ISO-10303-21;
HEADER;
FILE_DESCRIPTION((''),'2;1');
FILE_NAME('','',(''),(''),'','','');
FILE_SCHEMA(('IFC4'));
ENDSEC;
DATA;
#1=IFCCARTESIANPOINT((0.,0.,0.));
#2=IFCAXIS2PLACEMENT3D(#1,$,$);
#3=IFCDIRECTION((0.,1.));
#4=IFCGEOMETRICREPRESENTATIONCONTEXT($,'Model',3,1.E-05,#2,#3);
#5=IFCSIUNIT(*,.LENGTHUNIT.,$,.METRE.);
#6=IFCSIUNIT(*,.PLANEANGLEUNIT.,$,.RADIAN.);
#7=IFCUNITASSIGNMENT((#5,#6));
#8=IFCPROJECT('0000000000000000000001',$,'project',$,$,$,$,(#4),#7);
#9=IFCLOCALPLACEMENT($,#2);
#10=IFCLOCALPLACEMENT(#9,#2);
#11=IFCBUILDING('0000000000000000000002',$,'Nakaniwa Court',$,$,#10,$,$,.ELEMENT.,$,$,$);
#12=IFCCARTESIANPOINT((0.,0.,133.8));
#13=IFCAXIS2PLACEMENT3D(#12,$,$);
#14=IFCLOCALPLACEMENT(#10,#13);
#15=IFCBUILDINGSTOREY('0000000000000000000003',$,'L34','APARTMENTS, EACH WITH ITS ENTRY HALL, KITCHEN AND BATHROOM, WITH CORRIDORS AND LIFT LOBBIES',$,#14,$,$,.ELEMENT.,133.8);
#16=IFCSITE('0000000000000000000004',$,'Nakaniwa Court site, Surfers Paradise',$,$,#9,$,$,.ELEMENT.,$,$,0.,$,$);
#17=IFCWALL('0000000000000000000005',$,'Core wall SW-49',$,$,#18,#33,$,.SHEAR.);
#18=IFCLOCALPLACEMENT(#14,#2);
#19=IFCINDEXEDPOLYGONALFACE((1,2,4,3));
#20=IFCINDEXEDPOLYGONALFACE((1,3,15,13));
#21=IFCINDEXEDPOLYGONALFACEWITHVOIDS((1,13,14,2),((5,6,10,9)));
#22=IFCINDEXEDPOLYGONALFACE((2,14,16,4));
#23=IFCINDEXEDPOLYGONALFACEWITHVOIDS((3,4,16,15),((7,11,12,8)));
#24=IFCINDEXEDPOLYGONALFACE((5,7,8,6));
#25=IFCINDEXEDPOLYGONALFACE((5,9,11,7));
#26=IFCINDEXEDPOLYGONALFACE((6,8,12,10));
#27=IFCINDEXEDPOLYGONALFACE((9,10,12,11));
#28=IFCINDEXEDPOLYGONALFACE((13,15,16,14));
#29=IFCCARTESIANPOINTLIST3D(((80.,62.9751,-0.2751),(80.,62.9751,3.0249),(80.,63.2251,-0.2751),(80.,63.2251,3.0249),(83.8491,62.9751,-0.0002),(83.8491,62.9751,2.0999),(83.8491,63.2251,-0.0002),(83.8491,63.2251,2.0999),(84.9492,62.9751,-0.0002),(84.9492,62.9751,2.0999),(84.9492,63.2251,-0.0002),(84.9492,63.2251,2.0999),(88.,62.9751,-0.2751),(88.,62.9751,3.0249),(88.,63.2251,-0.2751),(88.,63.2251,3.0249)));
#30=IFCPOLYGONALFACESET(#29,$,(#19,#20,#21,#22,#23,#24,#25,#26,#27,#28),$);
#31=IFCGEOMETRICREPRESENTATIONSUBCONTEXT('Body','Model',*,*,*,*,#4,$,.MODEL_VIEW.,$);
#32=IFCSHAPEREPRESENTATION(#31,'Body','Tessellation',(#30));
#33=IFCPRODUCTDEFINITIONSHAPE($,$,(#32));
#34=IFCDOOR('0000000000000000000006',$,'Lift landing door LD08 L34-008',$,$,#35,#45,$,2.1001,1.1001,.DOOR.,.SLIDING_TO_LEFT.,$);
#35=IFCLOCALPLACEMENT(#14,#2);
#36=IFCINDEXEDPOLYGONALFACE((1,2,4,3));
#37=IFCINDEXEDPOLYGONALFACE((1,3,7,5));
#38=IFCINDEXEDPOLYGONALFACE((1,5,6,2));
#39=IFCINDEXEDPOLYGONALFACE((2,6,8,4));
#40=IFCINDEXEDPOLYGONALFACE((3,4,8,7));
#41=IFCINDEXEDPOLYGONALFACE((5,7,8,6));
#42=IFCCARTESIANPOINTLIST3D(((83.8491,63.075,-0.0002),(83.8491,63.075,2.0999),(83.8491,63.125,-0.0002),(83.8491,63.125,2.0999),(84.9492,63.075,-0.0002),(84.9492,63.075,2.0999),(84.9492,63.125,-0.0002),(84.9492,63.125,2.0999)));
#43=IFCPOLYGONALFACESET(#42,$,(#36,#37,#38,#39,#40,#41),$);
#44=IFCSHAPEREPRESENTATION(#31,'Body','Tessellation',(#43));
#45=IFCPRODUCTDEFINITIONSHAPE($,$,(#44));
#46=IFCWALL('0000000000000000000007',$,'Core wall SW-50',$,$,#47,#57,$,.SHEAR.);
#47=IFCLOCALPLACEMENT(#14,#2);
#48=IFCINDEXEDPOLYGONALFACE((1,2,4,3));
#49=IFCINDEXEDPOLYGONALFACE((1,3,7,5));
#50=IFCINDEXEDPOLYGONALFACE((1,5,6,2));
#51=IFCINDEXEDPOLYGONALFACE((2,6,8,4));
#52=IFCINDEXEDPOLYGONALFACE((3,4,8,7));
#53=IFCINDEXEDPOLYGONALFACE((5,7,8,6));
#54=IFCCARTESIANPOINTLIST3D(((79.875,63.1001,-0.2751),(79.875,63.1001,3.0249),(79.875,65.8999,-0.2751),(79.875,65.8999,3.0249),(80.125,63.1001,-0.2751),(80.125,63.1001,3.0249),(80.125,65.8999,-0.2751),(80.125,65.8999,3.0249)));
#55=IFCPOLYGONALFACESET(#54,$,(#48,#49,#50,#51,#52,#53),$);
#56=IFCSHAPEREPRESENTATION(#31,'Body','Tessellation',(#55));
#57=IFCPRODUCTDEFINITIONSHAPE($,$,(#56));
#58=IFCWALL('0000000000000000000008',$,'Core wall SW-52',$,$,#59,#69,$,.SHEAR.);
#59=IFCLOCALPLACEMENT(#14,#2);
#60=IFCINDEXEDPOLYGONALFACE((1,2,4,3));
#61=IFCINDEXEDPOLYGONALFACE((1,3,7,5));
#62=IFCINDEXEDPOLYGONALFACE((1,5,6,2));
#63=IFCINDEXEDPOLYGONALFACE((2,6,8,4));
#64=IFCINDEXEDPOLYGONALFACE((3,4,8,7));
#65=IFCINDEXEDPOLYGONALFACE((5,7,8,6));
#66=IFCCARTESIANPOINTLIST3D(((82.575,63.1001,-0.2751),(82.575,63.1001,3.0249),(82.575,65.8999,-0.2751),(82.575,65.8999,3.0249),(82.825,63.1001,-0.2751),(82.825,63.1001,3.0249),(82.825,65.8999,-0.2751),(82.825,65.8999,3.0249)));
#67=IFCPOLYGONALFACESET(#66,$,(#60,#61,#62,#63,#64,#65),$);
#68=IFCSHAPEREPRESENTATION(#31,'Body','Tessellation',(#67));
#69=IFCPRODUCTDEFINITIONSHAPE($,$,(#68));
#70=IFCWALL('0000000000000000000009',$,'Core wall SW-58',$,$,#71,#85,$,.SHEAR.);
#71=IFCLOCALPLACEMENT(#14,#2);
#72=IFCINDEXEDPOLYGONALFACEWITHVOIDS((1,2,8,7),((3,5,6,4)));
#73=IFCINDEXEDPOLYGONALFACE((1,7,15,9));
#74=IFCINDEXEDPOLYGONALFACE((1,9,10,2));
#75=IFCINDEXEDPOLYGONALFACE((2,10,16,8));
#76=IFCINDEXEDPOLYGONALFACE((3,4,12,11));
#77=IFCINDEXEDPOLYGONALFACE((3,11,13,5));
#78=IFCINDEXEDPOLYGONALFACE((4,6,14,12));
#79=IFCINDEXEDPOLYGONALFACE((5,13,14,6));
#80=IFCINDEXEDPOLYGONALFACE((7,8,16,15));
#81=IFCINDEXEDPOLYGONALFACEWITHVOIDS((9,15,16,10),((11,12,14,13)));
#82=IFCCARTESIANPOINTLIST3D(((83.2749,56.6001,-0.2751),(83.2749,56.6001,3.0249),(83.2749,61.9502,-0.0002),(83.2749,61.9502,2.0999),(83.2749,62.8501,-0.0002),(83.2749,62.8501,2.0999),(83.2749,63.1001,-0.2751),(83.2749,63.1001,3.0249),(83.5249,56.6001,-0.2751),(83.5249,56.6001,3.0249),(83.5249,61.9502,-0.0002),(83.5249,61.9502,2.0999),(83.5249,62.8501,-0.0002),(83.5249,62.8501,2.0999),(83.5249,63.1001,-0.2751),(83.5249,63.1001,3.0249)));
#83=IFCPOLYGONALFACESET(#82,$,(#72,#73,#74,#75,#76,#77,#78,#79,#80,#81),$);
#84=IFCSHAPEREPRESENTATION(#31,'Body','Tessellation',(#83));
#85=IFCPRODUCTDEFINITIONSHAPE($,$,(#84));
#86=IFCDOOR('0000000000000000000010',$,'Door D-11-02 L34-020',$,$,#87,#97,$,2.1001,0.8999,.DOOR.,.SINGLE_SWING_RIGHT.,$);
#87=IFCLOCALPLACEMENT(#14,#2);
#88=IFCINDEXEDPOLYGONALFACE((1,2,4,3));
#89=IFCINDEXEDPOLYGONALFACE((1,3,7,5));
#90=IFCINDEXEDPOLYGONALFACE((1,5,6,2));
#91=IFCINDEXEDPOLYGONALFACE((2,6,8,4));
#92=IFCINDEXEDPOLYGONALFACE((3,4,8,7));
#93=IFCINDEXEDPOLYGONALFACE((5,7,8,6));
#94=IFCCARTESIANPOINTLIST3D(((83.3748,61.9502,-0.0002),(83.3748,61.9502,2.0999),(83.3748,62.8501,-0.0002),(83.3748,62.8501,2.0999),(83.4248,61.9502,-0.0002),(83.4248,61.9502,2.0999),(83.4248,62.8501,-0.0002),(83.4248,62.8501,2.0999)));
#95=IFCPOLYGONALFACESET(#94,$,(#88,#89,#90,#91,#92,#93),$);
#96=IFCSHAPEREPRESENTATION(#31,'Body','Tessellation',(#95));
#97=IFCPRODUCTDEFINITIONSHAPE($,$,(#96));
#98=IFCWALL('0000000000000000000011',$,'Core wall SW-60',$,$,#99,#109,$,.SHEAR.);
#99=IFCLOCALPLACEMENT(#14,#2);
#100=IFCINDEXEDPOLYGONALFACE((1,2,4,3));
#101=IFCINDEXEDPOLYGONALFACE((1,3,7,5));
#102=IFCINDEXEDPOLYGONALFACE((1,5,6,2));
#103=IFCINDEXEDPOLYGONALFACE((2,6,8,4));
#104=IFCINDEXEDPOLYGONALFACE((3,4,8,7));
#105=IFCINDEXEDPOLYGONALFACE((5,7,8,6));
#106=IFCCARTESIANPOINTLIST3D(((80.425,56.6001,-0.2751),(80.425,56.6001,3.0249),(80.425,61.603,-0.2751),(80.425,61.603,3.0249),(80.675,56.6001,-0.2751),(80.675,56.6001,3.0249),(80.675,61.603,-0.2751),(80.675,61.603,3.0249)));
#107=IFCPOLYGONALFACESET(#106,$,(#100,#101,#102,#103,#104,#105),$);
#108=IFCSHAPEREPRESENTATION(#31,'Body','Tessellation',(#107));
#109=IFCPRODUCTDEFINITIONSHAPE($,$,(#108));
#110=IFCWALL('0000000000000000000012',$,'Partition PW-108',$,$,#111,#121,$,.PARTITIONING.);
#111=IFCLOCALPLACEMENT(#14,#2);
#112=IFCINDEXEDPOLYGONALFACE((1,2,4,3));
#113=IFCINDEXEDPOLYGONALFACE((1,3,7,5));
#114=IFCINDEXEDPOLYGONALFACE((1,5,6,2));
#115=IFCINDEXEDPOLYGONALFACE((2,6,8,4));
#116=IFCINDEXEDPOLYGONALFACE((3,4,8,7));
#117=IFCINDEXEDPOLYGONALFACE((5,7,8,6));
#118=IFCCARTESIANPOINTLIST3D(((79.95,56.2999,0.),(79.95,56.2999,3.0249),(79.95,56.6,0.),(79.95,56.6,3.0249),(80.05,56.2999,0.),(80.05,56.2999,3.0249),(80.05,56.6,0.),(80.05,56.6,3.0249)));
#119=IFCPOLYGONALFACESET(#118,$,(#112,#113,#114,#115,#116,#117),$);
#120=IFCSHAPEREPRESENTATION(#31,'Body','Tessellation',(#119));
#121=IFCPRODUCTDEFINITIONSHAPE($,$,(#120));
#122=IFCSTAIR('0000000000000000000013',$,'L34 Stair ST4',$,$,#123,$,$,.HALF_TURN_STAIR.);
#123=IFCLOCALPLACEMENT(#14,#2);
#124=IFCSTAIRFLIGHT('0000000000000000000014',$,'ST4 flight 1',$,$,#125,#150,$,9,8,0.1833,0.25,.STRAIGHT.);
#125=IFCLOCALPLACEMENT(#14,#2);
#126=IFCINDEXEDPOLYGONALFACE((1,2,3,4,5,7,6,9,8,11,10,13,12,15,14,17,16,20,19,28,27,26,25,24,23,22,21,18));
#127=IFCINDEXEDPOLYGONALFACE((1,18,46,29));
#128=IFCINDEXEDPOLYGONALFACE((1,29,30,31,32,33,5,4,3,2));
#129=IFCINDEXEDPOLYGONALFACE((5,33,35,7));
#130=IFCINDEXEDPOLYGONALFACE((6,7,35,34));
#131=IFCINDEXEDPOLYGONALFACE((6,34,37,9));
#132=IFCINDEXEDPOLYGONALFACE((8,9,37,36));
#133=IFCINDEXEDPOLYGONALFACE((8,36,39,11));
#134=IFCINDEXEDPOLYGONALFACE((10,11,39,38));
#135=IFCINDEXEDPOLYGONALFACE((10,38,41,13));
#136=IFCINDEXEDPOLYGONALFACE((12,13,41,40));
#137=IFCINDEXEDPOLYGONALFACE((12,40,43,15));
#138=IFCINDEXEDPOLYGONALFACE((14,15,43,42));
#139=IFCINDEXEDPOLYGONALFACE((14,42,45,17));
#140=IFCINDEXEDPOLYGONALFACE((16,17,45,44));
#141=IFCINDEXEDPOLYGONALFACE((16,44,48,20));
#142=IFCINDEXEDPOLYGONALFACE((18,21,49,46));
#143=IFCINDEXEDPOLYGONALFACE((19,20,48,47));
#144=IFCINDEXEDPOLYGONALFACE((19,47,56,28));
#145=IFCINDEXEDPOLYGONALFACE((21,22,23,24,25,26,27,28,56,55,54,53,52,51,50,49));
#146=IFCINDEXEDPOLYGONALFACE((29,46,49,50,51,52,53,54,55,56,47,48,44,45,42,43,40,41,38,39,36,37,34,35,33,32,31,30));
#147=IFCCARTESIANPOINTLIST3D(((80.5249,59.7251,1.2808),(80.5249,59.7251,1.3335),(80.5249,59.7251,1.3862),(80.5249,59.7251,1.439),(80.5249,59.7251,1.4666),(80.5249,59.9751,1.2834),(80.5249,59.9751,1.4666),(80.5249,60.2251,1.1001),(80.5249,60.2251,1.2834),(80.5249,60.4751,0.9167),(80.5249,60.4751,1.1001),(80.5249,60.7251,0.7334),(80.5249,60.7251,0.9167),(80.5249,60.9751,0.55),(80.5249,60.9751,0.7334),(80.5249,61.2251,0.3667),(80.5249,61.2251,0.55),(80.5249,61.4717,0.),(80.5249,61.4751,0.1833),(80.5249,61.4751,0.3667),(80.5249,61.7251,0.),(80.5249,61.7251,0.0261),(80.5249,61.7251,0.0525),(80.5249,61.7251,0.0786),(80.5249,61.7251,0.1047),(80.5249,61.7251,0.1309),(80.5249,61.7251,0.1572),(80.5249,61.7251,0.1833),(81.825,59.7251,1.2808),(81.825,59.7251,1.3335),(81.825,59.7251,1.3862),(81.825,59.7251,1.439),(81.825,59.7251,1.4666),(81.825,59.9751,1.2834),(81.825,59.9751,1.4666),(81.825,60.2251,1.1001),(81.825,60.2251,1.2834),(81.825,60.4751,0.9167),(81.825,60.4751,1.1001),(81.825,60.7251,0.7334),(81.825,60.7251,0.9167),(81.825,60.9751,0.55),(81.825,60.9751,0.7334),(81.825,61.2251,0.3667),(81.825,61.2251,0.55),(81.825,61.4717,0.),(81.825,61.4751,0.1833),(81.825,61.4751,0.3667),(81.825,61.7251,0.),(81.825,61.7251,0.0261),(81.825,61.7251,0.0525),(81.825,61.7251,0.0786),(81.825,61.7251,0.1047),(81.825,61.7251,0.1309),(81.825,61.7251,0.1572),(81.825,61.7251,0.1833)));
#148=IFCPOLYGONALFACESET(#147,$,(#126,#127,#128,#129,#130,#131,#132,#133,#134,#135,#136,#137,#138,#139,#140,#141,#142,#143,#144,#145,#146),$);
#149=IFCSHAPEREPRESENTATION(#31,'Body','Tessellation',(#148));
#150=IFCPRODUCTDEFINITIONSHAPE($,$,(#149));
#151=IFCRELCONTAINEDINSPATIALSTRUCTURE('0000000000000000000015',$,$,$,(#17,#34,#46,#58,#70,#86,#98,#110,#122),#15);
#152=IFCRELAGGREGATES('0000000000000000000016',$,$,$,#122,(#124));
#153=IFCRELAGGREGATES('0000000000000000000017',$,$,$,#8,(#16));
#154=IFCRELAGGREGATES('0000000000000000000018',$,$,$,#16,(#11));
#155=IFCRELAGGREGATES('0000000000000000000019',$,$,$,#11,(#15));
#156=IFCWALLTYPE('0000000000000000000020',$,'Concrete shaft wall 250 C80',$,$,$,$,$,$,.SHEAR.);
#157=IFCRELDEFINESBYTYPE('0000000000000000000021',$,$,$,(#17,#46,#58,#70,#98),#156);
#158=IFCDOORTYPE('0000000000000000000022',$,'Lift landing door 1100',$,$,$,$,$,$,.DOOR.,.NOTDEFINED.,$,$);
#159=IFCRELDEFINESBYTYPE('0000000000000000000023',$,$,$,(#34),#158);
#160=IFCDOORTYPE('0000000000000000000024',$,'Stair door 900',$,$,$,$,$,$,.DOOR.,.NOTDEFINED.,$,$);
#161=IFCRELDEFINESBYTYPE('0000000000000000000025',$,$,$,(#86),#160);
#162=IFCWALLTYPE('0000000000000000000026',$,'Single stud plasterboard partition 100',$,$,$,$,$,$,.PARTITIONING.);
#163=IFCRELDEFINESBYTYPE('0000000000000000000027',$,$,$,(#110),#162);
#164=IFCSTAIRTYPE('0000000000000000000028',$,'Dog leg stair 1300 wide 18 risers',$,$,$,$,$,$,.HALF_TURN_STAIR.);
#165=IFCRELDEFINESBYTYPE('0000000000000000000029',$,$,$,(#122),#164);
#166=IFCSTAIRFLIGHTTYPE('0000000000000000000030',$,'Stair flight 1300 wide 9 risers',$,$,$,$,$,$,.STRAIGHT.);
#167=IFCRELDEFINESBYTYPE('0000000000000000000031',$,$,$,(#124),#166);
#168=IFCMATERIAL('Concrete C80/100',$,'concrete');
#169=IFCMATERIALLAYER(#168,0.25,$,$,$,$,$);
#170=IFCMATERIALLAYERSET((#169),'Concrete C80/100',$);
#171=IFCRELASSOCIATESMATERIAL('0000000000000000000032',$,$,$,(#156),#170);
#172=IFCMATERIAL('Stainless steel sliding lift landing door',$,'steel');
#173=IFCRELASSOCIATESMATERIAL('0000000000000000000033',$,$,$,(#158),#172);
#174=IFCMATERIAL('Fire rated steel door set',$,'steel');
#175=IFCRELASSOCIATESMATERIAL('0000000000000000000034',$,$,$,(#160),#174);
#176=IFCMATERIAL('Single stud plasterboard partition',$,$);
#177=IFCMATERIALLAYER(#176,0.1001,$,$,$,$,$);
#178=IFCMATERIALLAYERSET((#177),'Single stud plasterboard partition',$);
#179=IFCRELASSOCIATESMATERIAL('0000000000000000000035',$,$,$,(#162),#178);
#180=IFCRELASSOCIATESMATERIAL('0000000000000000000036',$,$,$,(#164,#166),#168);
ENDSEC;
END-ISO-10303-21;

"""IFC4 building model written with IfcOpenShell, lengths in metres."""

from ifc_helpers import new_model, si_unit, direction, frame, frame_2d, origin, place, context, subcontext, project, spatial, polyline, rectangle, outline, extrude, material, layer, layer_set, type_object, element, fill, aggregate, save


model = new_model("IFC4")

# Units and contexts
model_context = context("Model", 3, precision=1e-05, world=origin(), true_north=direction((0.0, 1.0)))
body_context = subcontext(model_context, "Body", "Model", "MODEL_VIEW")
ifc_project = project(units=[si_unit("LENGTHUNIT", "METRE"), si_unit("PLANEANGLEUNIT", "RADIAN")], contexts=[model_context])

# Site, building, storey
site_placement = place(None, origin())
site = spatial("IfcSite", under=ifc_project, at=site_placement, Name="Nakaniwa Court site, Surfers Paradise", CompositionType="ELEMENT", RefElevation=0.0)
building_placement = place(site_placement, origin())
building = spatial("IfcBuilding", under=site, at=building_placement, Name="Nakaniwa Court", CompositionType="ELEMENT")
storey_placement = place(building_placement, frame((0.0, 0.0, 133.8)))
storey = spatial("IfcBuildingStorey", under=building, at=storey_placement, Name="L34", Description="APARTMENTS, EACH WITH ITS ENTRY HALL, KITCHEN AND BATHROOM, WITH CORRIDORS AND LIFT LOBBIES", CompositionType="ELEMENT", Elevation=133.8)

# Shared definitions
ifc_material_1 = material(Name="Fire rated steel door set", Category="steel")

# Shared definitions
ifc_material_2 = material(Name="Concrete C80/100", Category="concrete")
ifc_layer_1 = layer(ifc_material_2, 0.25)
ifc_layer_set_1 = layer_set([ifc_layer_1], Name="Concrete C80/100")
wall_type_1 = type_object("IfcWallType", Name="Concrete shaft wall 250 C80", PredefinedType="SHEAR", material=ifc_layer_set_1)

# Wall, opening, door
wall_1_placement = place(storey_placement, frame((80.0, 63.1001, -0.2751), z_axis=(0.0, 0.0, 1.0), x_axis=(1.0, 0.0, 0.0)))
wall_1 = element("IfcWall", 1, at=wall_1_placement, inside=storey, type_object=wall_type_1, Name="Core wall SW-49", PredefinedType="SHEAR", context=body_context, shape_type="SweptSolid", body=[
    extrude(rectangle(XDim=8.0, YDim=0.25, at=frame_2d((4.0, 0.0))), origin(), (0.0, 0.0, 1.0), 3.3),
])
opening_1_placement = place(wall_1_placement, frame((3.8491, 0.0, 0.2749)))
opening_1 = element("IfcOpeningElement", 2, at=opening_1_placement, cuts=wall_1, PredefinedType="OPENING", context=body_context, shape_type="SweptSolid", body=[
    extrude(rectangle(XDim=1.1001, YDim=2.1001, at=frame_2d((0.55, 1.05))), frame((0.0, 0.135, 0.0), z_axis=(0.0, -1.0, 0.0), x_axis=(1.0, 0.0, 0.0)), (0.0, 0.0, 1.0), 0.27),
])
ifc_material_3 = material(Name="Stainless steel sliding lift landing door", Category="steel")
door_type_1 = type_object("IfcDoorType", Name="Lift landing door 1100", OperationType="NOTDEFINED", PredefinedType="DOOR", material=ifc_material_3)
door_1_placement = place(opening_1_placement, origin())
door_1 = element("IfcDoor", 3, at=door_1_placement, inside=storey, type_object=door_type_1, Name="Lift landing door LD08 L34-008", OperationType="SLIDING_TO_LEFT", OverallHeight=2.1001, OverallWidth=1.1001, PredefinedType="DOOR", context=body_context, shape_type="SweptSolid", body=[
    extrude(rectangle(XDim=1.1001, YDim=2.1001, at=frame_2d((0.55, 1.05))), frame((0.0, 0.0249, 0.0), z_axis=(0.0, -1.0, 0.0), x_axis=(1.0, 0.0, 0.0)), (0.0, 0.0, 1.0), 0.05),
])
fill(opening_1, door_1)

# Walls
for number, where, z_axis, x_axis, name in (
    (4, (80.0, 63.1001, -0.2751), (0.0, 0.0, 1.0), (0.0, 1.0, 0.0), "Core wall SW-50"),
    (5, (82.7, 63.1001, -0.2751), (0.0, 0.0, 1.0), (0.0, 1.0, 0.0), "Core wall SW-52"),
):
    element("IfcWall", number, at=place(storey_placement, frame(where, z_axis=z_axis, x_axis=x_axis)), inside=storey, type_object=wall_type_1, Name=name, PredefinedType="SHEAR", context=body_context, shape_type="SweptSolid", body=[
        extrude(rectangle(XDim=2.7998, YDim=0.25, at=frame_2d((1.3999, 0.0))), origin(), (0.0, 0.0, 1.0), 3.3),
    ])

# Wall, opening, door
wall_2_placement = place(storey_placement, frame((83.3999, 63.1001, -0.2751), z_axis=(0.0, 0.0, 1.0), x_axis=(0.0, -1.0, 0.0)))
wall_2 = element("IfcWall", 6, at=wall_2_placement, inside=storey, type_object=wall_type_1, Name="Core wall SW-58", PredefinedType="SHEAR", context=body_context, shape_type="SweptSolid", body=[
    extrude(rectangle(XDim=6.5, YDim=0.25, at=frame_2d((3.25, 0.0))), origin(), (0.0, 0.0, 1.0), 3.3),
])
opening_2_placement = place(wall_2_placement, frame((0.25, 0.0, 0.2749)))
opening_2 = element("IfcOpeningElement", 7, at=opening_2_placement, cuts=wall_2, PredefinedType="OPENING", context=body_context, shape_type="SweptSolid", body=[
    extrude(rectangle(XDim=0.8999, YDim=2.1001, at=frame_2d((0.45, 1.05))), frame((0.0, 0.135, 0.0), z_axis=(0.0, -1.0, 0.0), x_axis=(1.0, 0.0, 0.0)), (0.0, 0.0, 1.0), 0.27),
])
door_type_2 = type_object("IfcDoorType", Name="Stair door 900", OperationType="NOTDEFINED", PredefinedType="DOOR", material=ifc_material_1)
door_2_placement = place(opening_2_placement, origin())
door_2 = element("IfcDoor", 8, at=door_2_placement, inside=storey, type_object=door_type_2, Name="Door D-11-02 L34-020", OperationType="SINGLE_SWING_RIGHT", OverallHeight=2.1001, OverallWidth=0.8999, PredefinedType="DOOR", context=body_context, shape_type="SweptSolid", body=[
    extrude(rectangle(XDim=0.8999, YDim=2.1001, at=frame_2d((0.45, 1.05))), frame((0.0, 0.0249, 0.0), z_axis=(0.0, -1.0, 0.0), x_axis=(1.0, 0.0, 0.0)), (0.0, 0.0, 1.0), 0.05),
])
fill(opening_2, door_2)

# Walls
wall_3_placement = place(storey_placement, frame((80.55, 56.6001, -0.2751), z_axis=(0.0, 0.0, 1.0), x_axis=(0.0, 1.0, 0.0)))
element("IfcWall", 9, at=wall_3_placement, inside=storey, type_object=wall_type_1, Name="Core wall SW-60", PredefinedType="SHEAR", context=body_context, shape_type="SweptSolid", body=[
    extrude(rectangle(XDim=5.0029, YDim=0.25, at=frame_2d((2.5015, 0.0))), origin(), (0.0, 0.0, 1.0), 3.3),
])
ifc_material_4 = material(Name="Single stud plasterboard partition")
ifc_layer_2 = layer(ifc_material_4, 0.1001)
ifc_layer_set_2 = layer_set([ifc_layer_2], Name="Single stud plasterboard partition")
wall_type_2 = type_object("IfcWallType", Name="Single stud plasterboard partition 100", PredefinedType="PARTITIONING", material=ifc_layer_set_2)
wall_4_placement = place(storey_placement, frame((80.0, 56.3, 0.0), z_axis=(0.0, 0.0, 1.0), x_axis=(0.0, 1.0, 0.0)))
element("IfcWall", 10, at=wall_4_placement, inside=storey, type_object=wall_type_2, Name="Partition PW-108", PredefinedType="PARTITIONING", context=body_context, shape_type="SweptSolid", body=[
    extrude(rectangle(XDim=0.3, YDim=0.1001, at=frame_2d((0.1499, 0.0))), origin(), (0.0, 0.0, 1.0), 3.0249),
])

# Stair, stair flight
stair_type = type_object("IfcStairType", Name="Dog leg stair 1300 wide 18 risers", PredefinedType="HALF_TURN_STAIR", material=ifc_material_2)
stair_placement = place(storey_placement, origin())
stair = element("IfcStair", 11, at=stair_placement, inside=storey, type_object=stair_type, Name="L34 Stair ST4", PredefinedType="HALF_TURN_STAIR")
stair_flight_type = type_object("IfcStairFlightType", Name="Stair flight 1300 wide 9 risers", PredefinedType="STRAIGHT", material=ifc_material_2)
stair_flight_1_placement = place(storey_placement, frame((81.175, 61.7251, 0.0), z_axis=(0.0, 0.0, 1.0), x_axis=(0.0, -1.0, 0.0)))
stair_flight_1 = element("IfcStairFlight", 12, at=stair_flight_1_placement, type_object=stair_flight_type, Name="ST4 flight 1", NumberOfRisers=9, NumberOfTreads=8, PredefinedType="STRAIGHT", RiserHeight=0.1833, TreadLength=0.25, context=body_context, shape_type="SweptSolid", body=[
    extrude(outline(polyline([(0.0, 0.0), (0.0, 0.0261), (0.0, 0.0525), (0.0, 0.0786), (0.0, 0.1047), (0.0, 0.1309), (0.0, 0.1572), (0.0, 0.1833), (0.25, 0.1833), (0.25, 0.3667), (0.5, 0.3667), (0.5, 0.55), (0.75, 0.55), (0.75, 0.7334), (1.0, 0.7334), (1.0, 0.9167), (1.25, 0.9167), (1.25, 1.1001), (1.5, 1.1001), (1.5, 1.2834), (1.75, 1.2834), (1.75, 1.4666), (2.0, 1.4666), (2.0, 1.6499), (2.0, 1.5972), (2.0, 1.5444), (2.0, 1.4917), (2.0, 1.439), (2.0, 1.3862), (2.0, 1.3335), (2.0, 1.2808), (0.2534, 0.0), (0.0, 0.0)])), frame((0.0, 0.6499, 0.0), z_axis=(0.0, -1.0, 0.0), x_axis=(1.0, 0.0, 0.0)), (0.0, 0.0, 1.0), 1.3),
])
aggregate(stair, [stair_flight_1])

save(model, "model.ifc")
